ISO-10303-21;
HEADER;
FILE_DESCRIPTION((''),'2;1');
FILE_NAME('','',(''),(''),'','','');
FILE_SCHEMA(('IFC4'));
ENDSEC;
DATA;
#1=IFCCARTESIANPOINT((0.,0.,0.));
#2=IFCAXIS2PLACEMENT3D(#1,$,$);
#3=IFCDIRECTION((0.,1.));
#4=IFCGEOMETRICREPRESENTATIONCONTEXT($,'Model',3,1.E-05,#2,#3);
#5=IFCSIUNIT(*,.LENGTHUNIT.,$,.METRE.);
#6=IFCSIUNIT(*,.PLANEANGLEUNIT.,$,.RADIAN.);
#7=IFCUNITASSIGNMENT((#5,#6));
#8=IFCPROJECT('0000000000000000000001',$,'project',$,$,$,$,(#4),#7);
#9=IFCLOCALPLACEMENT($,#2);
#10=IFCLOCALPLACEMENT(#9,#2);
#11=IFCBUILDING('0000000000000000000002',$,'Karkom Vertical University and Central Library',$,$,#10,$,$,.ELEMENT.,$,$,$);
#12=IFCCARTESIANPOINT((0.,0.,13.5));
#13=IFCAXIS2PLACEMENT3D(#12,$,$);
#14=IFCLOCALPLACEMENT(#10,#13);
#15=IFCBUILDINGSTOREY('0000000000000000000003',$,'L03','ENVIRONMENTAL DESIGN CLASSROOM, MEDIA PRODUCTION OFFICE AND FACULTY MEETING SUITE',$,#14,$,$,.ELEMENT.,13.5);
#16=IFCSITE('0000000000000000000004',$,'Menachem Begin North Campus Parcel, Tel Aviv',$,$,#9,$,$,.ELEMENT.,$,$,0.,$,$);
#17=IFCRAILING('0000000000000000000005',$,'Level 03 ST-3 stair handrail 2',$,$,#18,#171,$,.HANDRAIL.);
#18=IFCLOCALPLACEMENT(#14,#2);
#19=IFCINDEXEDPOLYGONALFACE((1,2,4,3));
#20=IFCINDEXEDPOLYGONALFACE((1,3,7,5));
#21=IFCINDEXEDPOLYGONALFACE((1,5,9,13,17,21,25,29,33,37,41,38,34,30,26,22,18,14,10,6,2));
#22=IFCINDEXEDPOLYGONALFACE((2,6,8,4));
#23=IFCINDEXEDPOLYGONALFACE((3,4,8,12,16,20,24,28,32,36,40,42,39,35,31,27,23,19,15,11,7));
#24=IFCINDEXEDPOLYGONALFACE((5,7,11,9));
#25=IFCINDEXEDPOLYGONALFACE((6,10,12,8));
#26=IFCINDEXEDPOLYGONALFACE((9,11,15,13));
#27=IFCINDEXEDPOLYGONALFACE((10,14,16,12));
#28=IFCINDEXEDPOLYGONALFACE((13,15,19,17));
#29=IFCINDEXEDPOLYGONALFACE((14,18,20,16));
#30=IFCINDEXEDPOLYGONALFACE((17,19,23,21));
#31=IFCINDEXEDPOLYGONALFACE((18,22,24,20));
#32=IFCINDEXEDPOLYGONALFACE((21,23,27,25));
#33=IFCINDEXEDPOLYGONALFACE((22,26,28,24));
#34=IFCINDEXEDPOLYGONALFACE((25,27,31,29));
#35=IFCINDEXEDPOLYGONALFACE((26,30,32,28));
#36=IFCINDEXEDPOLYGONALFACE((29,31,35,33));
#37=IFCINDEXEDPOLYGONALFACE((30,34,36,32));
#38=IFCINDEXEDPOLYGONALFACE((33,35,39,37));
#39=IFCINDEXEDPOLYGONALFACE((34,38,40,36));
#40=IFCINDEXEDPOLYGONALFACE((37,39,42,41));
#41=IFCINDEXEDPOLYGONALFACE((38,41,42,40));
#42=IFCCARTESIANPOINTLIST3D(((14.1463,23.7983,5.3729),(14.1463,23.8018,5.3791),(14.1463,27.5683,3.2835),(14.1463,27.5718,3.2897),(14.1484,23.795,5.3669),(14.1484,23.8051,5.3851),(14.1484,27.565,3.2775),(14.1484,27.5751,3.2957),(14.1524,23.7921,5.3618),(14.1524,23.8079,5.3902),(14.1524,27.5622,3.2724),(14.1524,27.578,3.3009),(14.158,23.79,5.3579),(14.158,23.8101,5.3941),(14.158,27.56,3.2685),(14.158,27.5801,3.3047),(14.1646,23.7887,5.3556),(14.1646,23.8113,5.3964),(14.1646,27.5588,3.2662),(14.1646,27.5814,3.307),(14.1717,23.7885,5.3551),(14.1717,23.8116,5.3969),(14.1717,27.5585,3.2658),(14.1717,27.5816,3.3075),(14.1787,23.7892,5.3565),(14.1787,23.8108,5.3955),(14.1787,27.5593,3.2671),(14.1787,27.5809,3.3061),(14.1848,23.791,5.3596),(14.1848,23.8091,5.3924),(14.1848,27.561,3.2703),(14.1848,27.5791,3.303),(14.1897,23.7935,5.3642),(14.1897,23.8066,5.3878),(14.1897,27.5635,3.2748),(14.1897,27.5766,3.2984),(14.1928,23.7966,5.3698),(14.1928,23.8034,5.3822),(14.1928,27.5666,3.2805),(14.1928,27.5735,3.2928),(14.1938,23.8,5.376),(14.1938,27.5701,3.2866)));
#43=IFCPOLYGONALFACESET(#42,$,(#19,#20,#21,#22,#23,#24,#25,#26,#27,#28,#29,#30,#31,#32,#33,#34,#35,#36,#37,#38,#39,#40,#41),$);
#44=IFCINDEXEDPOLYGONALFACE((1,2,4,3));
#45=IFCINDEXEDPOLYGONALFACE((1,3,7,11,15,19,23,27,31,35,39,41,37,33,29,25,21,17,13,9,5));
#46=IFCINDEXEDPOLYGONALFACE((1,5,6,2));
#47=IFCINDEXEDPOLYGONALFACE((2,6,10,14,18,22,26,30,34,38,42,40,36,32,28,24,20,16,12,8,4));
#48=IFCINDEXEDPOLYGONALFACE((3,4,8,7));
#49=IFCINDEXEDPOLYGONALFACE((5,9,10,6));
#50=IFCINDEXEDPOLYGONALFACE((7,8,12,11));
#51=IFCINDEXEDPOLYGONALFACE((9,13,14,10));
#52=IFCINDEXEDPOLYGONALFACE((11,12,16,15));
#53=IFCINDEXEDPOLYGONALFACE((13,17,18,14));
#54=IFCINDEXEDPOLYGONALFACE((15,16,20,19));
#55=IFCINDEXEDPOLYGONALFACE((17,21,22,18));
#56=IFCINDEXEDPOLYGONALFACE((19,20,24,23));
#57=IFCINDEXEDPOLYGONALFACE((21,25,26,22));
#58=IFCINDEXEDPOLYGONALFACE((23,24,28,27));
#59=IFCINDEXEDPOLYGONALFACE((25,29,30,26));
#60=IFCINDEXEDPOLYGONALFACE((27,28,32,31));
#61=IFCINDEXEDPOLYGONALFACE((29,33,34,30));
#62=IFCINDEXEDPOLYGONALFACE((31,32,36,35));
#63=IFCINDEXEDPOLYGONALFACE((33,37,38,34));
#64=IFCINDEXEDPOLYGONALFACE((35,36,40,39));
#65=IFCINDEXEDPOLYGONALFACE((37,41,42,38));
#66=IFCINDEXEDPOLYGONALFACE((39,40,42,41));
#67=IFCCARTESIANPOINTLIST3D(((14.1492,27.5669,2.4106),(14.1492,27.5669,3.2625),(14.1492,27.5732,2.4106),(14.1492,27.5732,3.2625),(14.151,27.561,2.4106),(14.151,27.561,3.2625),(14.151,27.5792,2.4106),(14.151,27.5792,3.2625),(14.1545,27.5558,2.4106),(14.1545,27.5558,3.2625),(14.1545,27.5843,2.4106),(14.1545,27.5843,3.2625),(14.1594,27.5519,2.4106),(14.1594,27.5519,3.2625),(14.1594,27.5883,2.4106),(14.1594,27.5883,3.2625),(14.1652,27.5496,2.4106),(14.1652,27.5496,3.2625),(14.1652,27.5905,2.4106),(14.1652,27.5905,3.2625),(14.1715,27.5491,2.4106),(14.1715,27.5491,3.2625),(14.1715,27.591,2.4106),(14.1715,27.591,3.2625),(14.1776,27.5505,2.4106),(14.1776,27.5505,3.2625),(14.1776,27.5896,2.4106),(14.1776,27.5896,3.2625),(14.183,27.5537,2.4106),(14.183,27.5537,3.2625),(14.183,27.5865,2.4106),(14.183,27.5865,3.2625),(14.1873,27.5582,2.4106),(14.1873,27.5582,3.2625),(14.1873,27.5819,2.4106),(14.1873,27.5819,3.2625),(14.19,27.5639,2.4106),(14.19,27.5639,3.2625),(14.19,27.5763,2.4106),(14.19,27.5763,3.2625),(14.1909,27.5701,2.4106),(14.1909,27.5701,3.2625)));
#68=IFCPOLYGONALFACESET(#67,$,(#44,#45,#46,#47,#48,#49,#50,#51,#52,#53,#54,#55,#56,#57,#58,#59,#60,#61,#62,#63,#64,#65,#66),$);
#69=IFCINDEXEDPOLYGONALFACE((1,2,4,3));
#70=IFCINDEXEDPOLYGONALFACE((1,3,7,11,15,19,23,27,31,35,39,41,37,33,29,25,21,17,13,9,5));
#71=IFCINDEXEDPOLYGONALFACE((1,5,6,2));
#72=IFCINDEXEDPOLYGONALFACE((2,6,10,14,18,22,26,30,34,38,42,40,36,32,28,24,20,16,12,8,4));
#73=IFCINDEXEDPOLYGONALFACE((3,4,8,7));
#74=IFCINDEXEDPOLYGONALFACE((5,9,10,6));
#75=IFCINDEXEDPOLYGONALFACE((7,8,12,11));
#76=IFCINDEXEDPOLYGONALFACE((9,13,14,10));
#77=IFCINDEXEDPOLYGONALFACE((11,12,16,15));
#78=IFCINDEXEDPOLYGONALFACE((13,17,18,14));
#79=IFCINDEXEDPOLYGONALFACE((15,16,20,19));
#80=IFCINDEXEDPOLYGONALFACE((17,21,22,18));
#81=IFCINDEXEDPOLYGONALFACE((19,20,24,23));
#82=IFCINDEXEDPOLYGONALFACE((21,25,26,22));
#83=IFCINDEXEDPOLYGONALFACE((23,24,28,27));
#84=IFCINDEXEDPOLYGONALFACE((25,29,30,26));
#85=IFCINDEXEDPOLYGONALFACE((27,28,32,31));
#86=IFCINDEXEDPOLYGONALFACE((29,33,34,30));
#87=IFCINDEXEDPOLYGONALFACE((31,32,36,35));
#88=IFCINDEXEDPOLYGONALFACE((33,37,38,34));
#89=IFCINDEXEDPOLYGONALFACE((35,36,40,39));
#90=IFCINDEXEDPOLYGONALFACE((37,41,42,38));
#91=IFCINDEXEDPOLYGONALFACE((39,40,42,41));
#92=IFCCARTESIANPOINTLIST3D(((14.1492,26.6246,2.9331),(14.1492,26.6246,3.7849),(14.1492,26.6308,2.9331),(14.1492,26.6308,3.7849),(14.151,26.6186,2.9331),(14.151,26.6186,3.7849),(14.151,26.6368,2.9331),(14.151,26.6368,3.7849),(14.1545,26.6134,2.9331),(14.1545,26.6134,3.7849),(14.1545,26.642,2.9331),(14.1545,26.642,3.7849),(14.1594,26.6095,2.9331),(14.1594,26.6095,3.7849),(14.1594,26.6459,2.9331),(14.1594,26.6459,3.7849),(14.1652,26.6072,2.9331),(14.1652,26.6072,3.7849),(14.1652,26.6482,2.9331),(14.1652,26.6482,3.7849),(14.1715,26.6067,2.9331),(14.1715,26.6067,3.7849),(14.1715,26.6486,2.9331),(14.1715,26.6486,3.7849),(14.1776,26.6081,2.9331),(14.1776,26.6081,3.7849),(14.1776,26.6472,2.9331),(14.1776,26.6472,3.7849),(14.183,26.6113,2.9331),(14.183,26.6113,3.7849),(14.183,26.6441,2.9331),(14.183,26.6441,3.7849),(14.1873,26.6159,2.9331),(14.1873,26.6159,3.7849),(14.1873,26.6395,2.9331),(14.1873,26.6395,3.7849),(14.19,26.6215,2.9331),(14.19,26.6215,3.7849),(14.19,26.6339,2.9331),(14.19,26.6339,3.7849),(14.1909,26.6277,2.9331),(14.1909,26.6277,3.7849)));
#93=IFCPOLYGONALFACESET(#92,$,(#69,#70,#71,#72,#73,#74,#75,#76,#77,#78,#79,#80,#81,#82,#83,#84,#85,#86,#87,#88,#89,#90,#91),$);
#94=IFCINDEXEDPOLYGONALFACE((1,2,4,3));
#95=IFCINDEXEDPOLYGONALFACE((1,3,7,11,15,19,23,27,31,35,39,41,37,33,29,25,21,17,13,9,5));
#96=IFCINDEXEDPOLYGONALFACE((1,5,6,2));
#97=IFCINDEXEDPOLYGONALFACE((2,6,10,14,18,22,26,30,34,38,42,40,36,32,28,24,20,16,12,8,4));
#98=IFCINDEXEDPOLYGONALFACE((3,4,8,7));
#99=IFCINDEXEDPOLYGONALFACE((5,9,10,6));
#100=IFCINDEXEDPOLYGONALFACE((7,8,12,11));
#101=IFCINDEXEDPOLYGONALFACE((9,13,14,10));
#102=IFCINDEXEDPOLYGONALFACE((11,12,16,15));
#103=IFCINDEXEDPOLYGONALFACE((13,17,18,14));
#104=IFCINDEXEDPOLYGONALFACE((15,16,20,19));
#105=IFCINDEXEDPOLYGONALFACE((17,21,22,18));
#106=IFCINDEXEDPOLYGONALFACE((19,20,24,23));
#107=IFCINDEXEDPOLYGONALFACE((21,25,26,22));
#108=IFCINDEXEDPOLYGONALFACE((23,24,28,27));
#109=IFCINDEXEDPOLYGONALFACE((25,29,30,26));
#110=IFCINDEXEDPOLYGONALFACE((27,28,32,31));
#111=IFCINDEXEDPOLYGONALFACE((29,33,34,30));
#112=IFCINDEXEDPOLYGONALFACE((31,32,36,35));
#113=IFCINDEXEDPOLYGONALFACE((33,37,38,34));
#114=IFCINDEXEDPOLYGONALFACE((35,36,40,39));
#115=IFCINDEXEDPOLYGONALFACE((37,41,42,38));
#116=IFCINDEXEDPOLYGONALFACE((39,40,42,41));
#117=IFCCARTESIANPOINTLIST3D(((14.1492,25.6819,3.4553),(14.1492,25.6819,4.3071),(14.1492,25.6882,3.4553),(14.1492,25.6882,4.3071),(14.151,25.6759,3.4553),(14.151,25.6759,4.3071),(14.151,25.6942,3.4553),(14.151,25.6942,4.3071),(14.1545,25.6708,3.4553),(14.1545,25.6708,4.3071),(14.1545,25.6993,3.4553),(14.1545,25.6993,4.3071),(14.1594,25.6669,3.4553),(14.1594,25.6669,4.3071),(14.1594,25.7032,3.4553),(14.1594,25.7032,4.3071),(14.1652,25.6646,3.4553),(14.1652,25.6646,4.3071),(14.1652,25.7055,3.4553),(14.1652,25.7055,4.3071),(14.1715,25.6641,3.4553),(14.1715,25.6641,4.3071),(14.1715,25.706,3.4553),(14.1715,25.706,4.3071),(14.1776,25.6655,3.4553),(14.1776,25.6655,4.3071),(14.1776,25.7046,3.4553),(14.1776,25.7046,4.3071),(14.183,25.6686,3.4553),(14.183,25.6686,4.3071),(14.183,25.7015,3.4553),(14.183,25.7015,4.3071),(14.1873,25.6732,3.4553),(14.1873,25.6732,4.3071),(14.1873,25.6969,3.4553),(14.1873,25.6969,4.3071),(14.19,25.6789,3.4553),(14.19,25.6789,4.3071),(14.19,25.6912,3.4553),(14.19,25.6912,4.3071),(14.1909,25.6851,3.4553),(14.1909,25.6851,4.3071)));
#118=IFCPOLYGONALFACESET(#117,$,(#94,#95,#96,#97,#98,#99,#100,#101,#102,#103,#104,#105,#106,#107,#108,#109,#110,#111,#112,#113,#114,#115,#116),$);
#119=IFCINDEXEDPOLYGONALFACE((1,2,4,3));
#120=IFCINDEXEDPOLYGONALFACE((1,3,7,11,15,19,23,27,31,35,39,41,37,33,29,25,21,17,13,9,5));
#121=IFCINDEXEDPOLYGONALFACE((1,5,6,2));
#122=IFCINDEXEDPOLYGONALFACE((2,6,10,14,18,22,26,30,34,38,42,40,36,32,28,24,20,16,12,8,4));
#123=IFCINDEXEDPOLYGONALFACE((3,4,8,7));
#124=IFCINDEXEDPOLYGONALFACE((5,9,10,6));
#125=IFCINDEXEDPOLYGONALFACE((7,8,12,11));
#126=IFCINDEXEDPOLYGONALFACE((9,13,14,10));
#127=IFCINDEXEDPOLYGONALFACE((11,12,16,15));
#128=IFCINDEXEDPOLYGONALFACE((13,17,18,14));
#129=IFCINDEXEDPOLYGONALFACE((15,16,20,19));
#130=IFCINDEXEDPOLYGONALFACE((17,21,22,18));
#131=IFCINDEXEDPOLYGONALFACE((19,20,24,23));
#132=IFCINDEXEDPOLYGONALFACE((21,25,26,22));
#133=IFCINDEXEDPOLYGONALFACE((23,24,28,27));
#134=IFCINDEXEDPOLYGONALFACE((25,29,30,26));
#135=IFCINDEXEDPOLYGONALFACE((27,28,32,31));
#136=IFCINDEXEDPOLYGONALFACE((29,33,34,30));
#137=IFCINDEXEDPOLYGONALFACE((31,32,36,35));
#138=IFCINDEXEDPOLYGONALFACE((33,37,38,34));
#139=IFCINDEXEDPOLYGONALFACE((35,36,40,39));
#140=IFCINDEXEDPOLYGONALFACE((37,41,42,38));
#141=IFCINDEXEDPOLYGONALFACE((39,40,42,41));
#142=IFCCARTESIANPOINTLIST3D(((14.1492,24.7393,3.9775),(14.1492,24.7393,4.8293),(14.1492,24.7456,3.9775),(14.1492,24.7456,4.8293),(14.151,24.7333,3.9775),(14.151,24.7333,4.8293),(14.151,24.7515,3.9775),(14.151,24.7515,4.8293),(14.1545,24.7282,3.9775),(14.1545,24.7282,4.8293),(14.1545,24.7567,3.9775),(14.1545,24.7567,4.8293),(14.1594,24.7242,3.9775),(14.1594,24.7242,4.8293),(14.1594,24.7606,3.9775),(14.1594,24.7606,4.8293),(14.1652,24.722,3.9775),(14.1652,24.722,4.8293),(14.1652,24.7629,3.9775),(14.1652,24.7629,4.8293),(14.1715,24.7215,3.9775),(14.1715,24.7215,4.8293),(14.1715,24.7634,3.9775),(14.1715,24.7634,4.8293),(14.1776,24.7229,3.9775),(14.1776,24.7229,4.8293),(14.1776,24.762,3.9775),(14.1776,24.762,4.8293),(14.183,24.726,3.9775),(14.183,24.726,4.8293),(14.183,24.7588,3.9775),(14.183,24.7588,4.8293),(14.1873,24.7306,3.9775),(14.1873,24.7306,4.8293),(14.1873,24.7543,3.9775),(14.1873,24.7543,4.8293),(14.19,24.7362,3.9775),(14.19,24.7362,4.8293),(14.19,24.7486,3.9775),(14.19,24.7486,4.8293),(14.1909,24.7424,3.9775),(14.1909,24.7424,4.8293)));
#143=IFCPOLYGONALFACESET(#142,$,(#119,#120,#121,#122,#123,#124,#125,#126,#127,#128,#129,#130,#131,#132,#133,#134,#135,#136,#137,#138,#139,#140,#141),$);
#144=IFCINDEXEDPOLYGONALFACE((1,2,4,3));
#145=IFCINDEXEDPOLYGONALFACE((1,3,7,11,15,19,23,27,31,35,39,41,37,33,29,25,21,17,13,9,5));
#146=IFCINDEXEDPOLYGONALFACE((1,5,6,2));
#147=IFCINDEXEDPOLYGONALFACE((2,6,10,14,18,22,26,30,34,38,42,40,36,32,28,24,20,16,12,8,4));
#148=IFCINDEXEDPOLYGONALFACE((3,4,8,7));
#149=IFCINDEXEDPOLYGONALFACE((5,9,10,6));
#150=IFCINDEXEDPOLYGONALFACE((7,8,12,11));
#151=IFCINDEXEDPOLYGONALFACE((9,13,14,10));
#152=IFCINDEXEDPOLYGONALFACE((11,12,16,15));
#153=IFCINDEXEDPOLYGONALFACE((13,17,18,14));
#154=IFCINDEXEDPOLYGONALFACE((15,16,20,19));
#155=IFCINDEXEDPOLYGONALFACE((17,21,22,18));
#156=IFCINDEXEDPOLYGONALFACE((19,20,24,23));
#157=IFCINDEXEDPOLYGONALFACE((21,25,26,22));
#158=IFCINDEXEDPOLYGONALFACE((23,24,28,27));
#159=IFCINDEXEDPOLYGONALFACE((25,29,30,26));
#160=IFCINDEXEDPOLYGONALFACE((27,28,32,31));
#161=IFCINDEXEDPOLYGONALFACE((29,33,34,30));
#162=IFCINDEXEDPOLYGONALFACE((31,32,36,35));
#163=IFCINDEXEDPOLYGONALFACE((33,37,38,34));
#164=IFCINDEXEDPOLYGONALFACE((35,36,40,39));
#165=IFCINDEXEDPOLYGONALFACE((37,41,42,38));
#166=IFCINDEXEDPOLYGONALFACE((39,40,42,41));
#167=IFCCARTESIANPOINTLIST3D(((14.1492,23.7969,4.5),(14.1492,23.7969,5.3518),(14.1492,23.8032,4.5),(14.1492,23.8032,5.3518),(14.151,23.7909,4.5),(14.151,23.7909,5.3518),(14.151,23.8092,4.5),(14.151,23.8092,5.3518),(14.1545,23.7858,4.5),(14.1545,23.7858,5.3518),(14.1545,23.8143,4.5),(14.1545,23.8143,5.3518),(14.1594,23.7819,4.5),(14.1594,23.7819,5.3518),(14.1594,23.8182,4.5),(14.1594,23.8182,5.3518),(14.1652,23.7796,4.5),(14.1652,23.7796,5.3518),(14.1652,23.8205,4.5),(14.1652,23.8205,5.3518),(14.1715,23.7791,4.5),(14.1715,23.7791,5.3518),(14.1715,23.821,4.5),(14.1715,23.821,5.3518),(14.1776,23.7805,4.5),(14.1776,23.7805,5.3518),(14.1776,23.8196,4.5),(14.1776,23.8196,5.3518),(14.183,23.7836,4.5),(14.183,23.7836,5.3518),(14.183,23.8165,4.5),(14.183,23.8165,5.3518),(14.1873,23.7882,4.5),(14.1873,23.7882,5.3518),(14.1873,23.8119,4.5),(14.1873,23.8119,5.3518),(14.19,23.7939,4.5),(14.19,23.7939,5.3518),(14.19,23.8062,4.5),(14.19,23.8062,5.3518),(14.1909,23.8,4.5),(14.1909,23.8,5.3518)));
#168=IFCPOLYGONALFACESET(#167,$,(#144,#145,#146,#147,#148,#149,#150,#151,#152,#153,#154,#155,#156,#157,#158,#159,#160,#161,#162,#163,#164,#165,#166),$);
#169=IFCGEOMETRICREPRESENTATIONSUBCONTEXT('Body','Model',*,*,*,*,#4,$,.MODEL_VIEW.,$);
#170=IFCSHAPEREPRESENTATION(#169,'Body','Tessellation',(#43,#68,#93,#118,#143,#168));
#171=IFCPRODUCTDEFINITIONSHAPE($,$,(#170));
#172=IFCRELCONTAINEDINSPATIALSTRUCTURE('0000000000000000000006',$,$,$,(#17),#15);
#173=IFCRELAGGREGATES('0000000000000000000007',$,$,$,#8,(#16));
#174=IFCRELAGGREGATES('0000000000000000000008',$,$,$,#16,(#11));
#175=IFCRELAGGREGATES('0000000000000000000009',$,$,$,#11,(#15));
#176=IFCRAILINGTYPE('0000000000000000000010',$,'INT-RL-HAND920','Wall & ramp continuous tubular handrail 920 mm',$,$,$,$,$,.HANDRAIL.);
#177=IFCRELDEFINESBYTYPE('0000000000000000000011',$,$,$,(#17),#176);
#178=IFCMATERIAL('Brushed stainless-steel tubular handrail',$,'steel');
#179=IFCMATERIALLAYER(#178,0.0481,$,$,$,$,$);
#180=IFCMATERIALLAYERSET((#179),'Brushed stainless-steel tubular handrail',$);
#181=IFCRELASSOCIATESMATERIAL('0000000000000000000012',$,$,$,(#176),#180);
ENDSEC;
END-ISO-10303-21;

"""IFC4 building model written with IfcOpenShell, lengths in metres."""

from ifc_helpers import new_model, si_unit, direction, frame, origin, origin_2d, place, context, subcontext, project, spatial, circle, extrude, material, layer, layer_set, type_object, element, save


model = new_model("IFC4")

# Units and contexts
model_context = context("Model", 3, precision=1e-05, world=origin(), true_north=direction((0.0, 1.0)))
body_context = subcontext(model_context, "Body", "Model", "MODEL_VIEW")
ifc_project = project(units=[si_unit("LENGTHUNIT", "METRE"), si_unit("PLANEANGLEUNIT", "RADIAN")], contexts=[model_context])

# Site, building, storey
site_placement = place(None, origin())
site = spatial("IfcSite", under=ifc_project, at=site_placement, Name="Menachem Begin North Campus Parcel, Tel Aviv", CompositionType="ELEMENT", RefElevation=0.0)
building_placement = place(site_placement, origin())
building = spatial("IfcBuilding", under=site, at=building_placement, Name="Karkom Vertical University and Central Library", CompositionType="ELEMENT")
storey_placement = place(building_placement, frame((0.0, 0.0, 13.5)))
storey = spatial("IfcBuildingStorey", under=building, at=storey_placement, Name="L03", Description="ENVIRONMENTAL DESIGN CLASSROOM, MEDIA PRODUCTION OFFICE AND FACULTY MEETING SUITE", CompositionType="ELEMENT", Elevation=13.5)

# Railing
ifc_material_1 = material(Name="Brushed stainless-steel tubular handrail", Category="steel")
ifc_layer_1 = layer(ifc_material_1, 0.0481)
ifc_layer_set_1 = layer_set([ifc_layer_1], Name="Brushed stainless-steel tubular handrail")
railing_type_1 = type_object("IfcRailingType", Name="INT-RL-HAND920", Description="Wall & ramp continuous tubular handrail 920 mm", PredefinedType="HANDRAIL", material=ifc_layer_set_1)
railing_1_placement = place(storey_placement, frame((14.1699, 27.5701, 2.4106)))
element("IfcRailing", 1, at=railing_1_placement, inside=storey, type_object=railing_type_1, Name="Level 03 ST-3 stair handrail 2", PredefinedType="HANDRAIL", context=body_context, shape_type="SweptSolid", body=[
    extrude(circle(Radius=0.0239, at=origin_2d()), frame((0.0, 0.0, 0.876), z_axis=(0.0, -0.874659, 0.484739), x_axis=(1.0, 0.0, 0.0)), (0.0, 0.0, 1.0), 4.3103),
    extrude(circle(Radius=0.021, at=origin_2d()), origin(), (0.0, 0.0, 1.0), 0.8518),
    extrude(circle(Radius=0.021, at=origin_2d()), frame((0.0, -0.9424, 0.5225)), (0.0, 0.0, 1.0), 0.8518),
    extrude(circle(Radius=0.021, at=origin_2d()), frame((0.0, -1.885, 1.0447)), (0.0, 0.0, 1.0), 0.8518),
    extrude(circle(Radius=0.021, at=origin_2d()), frame((0.0, -2.8276, 1.5669)), (0.0, 0.0, 1.0), 0.8518),
    extrude(circle(Radius=0.021, at=origin_2d()), frame((0.0, -3.77, 2.0894)), (0.0, 0.0, 1.0), 0.8518),
])

save(model, "model.ifc")
